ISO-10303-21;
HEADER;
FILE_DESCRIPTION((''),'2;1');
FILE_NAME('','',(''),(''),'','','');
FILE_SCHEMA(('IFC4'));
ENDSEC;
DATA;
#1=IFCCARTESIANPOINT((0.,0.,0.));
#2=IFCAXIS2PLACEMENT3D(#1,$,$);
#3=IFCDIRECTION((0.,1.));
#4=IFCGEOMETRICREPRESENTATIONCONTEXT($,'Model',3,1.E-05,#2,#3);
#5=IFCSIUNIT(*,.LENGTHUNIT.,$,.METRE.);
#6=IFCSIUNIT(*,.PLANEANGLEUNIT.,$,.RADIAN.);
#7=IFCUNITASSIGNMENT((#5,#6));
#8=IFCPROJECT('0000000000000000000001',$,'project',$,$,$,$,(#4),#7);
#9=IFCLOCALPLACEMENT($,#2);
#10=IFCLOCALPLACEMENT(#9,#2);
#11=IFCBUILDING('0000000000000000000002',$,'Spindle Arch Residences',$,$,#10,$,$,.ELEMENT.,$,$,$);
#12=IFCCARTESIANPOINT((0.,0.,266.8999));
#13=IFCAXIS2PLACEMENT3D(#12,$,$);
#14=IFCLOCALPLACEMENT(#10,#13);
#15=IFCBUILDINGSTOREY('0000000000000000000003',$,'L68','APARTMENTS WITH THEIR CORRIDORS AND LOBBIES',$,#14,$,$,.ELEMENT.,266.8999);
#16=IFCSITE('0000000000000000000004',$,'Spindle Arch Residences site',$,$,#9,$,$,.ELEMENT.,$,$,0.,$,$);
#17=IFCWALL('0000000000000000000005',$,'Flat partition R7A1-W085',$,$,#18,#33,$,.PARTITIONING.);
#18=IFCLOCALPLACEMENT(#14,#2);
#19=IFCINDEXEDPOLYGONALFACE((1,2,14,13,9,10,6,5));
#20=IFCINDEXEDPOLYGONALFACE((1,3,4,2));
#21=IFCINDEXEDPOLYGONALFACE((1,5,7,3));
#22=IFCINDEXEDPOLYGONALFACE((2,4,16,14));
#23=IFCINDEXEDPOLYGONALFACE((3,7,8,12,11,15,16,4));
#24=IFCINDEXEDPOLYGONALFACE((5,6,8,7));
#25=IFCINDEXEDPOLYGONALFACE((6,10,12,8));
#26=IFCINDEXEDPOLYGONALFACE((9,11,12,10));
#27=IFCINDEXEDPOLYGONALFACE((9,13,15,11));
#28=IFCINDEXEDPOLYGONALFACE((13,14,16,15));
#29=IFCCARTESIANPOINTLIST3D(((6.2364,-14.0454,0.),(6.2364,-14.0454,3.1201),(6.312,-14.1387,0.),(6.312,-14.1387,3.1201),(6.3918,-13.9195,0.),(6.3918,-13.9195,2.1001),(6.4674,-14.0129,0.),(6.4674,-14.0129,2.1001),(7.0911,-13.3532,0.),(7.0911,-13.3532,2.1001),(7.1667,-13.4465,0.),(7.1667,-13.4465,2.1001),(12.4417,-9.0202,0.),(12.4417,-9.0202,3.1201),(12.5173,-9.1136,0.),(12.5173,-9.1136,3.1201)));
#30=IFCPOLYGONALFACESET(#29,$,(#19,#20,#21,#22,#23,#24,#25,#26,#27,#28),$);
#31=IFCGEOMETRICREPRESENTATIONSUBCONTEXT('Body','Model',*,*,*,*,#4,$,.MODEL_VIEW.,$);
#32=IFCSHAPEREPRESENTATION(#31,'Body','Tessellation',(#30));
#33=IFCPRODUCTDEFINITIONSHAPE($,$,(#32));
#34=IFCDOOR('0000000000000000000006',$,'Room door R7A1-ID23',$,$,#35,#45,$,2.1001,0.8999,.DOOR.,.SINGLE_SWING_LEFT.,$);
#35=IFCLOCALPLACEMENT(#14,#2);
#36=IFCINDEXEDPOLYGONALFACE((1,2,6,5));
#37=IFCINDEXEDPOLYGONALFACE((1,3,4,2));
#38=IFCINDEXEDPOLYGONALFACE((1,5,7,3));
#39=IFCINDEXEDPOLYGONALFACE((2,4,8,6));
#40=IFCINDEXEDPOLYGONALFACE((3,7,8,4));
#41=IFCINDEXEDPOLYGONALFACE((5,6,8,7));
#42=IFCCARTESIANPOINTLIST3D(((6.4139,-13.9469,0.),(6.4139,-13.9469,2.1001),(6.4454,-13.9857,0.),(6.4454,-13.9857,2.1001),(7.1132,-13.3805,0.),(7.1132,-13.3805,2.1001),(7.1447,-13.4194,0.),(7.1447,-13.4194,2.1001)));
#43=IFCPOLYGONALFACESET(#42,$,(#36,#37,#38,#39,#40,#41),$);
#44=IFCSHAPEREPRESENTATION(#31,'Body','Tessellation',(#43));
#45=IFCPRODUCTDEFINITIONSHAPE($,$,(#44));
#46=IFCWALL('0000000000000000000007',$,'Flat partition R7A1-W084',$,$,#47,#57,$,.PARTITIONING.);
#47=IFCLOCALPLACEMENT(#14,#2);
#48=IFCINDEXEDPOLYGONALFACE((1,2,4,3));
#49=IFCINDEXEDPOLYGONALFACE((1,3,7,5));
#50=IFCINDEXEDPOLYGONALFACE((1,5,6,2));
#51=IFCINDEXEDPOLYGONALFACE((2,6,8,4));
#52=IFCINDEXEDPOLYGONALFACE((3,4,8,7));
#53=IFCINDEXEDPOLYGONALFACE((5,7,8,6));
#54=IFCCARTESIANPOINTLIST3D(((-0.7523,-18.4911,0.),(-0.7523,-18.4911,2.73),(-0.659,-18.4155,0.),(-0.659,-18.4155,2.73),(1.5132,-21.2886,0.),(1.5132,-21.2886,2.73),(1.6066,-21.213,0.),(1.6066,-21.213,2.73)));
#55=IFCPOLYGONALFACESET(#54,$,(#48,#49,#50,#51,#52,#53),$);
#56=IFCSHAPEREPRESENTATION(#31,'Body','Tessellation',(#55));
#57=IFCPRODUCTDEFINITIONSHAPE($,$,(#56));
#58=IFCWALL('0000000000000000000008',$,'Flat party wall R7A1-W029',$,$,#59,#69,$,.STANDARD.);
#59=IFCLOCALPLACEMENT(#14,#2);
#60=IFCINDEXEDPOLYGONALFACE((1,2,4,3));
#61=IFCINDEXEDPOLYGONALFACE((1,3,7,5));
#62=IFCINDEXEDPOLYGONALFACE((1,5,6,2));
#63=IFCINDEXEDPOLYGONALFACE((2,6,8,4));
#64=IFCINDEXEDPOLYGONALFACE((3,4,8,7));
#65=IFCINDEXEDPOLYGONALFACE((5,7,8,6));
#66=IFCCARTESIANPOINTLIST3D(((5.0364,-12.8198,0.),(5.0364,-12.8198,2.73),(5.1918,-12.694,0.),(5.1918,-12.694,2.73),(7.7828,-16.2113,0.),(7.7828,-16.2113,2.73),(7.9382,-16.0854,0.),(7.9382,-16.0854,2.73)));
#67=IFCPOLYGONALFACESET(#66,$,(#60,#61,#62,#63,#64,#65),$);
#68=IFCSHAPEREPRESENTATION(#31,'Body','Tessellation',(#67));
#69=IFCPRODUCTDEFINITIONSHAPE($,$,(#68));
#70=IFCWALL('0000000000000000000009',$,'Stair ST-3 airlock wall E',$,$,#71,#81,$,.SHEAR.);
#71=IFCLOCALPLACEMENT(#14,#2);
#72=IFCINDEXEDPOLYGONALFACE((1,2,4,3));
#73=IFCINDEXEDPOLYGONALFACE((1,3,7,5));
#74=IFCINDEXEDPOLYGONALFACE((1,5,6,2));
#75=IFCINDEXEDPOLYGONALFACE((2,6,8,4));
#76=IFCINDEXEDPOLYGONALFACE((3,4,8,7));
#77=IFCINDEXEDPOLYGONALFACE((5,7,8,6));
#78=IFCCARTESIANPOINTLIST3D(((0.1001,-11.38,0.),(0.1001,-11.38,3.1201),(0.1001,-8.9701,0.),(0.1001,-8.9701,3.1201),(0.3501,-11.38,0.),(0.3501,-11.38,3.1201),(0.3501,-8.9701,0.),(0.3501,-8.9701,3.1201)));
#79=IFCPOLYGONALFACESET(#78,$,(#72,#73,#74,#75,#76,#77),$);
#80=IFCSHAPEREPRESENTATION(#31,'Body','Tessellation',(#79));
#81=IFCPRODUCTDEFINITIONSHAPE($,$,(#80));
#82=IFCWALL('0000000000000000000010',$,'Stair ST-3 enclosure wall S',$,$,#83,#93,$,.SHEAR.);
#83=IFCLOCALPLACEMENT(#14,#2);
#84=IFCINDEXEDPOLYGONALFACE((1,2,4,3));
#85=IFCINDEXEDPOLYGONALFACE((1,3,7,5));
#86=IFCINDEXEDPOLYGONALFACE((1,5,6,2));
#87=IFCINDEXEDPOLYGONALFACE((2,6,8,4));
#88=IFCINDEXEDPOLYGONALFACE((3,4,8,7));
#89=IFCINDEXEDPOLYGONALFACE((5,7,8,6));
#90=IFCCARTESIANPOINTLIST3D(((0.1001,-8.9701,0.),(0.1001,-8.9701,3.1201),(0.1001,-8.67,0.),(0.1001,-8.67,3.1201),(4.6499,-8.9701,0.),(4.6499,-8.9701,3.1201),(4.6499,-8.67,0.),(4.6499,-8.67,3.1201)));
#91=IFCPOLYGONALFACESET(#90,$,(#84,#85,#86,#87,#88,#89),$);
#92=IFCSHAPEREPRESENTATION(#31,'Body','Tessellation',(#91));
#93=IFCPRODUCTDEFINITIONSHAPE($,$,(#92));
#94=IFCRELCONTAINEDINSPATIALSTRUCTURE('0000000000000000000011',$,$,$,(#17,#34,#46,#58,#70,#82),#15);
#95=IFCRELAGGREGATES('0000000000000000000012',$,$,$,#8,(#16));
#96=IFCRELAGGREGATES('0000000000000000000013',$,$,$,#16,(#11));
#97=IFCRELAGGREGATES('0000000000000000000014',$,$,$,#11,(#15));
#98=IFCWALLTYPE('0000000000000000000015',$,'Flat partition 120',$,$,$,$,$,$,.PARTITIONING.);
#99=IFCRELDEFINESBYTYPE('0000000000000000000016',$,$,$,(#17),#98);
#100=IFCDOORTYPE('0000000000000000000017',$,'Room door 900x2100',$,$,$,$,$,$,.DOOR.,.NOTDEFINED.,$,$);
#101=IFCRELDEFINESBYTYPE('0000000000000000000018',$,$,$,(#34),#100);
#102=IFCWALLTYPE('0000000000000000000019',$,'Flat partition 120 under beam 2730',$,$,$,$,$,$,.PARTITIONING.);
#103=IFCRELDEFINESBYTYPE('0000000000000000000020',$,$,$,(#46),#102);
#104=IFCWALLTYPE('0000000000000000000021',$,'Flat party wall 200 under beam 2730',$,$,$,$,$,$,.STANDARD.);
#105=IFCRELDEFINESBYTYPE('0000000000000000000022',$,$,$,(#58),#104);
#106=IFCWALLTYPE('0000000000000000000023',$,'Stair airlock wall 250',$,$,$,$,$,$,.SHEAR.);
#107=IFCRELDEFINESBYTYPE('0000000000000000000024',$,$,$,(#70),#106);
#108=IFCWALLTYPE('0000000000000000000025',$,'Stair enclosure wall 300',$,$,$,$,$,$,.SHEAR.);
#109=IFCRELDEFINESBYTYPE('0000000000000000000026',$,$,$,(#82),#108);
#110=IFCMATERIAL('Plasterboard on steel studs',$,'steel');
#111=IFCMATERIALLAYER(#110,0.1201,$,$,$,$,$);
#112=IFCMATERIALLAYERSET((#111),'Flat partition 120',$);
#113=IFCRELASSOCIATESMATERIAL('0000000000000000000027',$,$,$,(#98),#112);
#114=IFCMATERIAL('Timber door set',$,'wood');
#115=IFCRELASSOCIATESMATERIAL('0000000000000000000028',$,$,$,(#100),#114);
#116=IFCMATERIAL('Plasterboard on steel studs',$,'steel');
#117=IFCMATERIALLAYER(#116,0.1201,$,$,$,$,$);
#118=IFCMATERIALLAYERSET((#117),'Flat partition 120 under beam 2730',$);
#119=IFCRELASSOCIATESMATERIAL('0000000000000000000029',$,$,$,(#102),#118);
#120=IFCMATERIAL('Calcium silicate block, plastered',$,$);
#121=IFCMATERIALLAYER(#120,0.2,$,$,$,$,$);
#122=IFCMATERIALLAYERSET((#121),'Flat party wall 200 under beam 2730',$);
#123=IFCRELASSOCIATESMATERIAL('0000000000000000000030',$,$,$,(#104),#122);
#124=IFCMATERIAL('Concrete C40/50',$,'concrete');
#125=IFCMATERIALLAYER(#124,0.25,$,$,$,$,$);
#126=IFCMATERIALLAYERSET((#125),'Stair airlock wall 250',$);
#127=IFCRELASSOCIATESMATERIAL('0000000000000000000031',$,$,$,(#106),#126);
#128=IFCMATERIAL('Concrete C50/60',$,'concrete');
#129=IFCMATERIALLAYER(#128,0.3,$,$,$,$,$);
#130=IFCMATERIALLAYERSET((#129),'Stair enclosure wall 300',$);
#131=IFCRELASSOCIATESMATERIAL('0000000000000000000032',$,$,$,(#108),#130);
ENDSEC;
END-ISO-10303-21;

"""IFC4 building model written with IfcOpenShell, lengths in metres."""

from ifc_helpers import new_model, si_unit, direction, frame, frame_2d, origin, place, context, subcontext, project, spatial, rectangle, extrude, material, layer, layer_set, type_object, element, fill, save


model = new_model("IFC4")

# Units and contexts
model_context = context("Model", 3, precision=1e-05, world=origin(), true_north=direction((0.0, 1.0)))
body_context = subcontext(model_context, "Body", "Model", "MODEL_VIEW")
ifc_project = project(units=[si_unit("LENGTHUNIT", "METRE"), si_unit("PLANEANGLEUNIT", "RADIAN")], contexts=[model_context])

# Site, building, storey
site_placement = place(None, origin())
site = spatial("IfcSite", under=ifc_project, at=site_placement, Name="Spindle Arch Residences site", CompositionType="ELEMENT", RefElevation=0.0)
building_placement = place(site_placement, origin())
building = spatial("IfcBuilding", under=site, at=building_placement, Name="Spindle Arch Residences", CompositionType="ELEMENT")
storey_placement = place(building_placement, frame((0.0, 0.0, 266.8999)))
storey = spatial("IfcBuildingStorey", under=building, at=storey_placement, Name="L68", Description="APARTMENTS WITH THEIR CORRIDORS AND LOBBIES", CompositionType="ELEMENT", Elevation=266.8999)

# Shared definitions
ifc_material_1 = material(Name="Plasterboard on steel studs", Category="steel")
ifc_layer_1 = layer(ifc_material_1, 0.1201)
ifc_layer_set_1 = layer_set([ifc_layer_1], Name="Flat partition 120")
wall_type_1 = type_object("IfcWallType", Name="Flat partition 120", PredefinedType="PARTITIONING", material=ifc_layer_set_1)

# Wall, opening, door
wall_1_placement = place(storey_placement, frame((6.2742, -14.092, 0.0), z_axis=(0.0, 0.0, 1.0), x_axis=(0.777135, 0.629334, 0.0)))
wall_1 = element("IfcWall", 1, at=wall_1_placement, inside=storey, type_object=wall_type_1, Name="Flat partition R7A1-W085", PredefinedType="PARTITIONING", context=body_context, shape_type="SweptSolid", body=[
    extrude(rectangle(XDim=7.9849, YDim=0.1201, at=frame_2d((3.9924, 0.0))), origin(), (0.0, 0.0, 1.0), 3.1201),
])
opening_1_placement = place(wall_1_placement, frame((0.2, 0.0, 0.0)))
opening_1 = element("IfcOpeningElement", 2, at=opening_1_placement, cuts=wall_1, PredefinedType="OPENING", context=body_context, shape_type="SweptSolid", body=[
    extrude(rectangle(XDim=0.8999, YDim=2.1001, at=frame_2d((0.45, 1.05))), frame((0.0, 0.0701, 0.0), z_axis=(0.0, -1.0, 0.0), x_axis=(1.0, 0.0, 0.0)), (0.0, 0.0, 1.0), 0.1401),
])
ifc_material_2 = material(Name="Timber door set", Category="wood")
door_type_1 = type_object("IfcDoorType", Name="Room door 900x2100", OperationType="NOTDEFINED", PredefinedType="DOOR", material=ifc_material_2)
door_1_placement = place(opening_1_placement, origin())
door_1 = element("IfcDoor", 3, at=door_1_placement, inside=storey, type_object=door_type_1, Name="Room door R7A1-ID23", OperationType="SINGLE_SWING_LEFT", OverallHeight=2.1001, OverallWidth=0.8999, PredefinedType="DOOR", context=body_context, shape_type="SweptSolid", body=[
    extrude(rectangle(XDim=0.8999, YDim=2.1001, at=frame_2d((0.45, 1.05))), frame((0.0, 0.0249, 0.0), z_axis=(0.0, -1.0, 0.0), x_axis=(1.0, 0.0, 0.0)), (0.0, 0.0, 1.0), 0.05),
])
fill(opening_1, door_1)

# Walls
ifc_material_3 = material(Name="Plasterboard on steel studs", Category="steel")
ifc_layer_2 = layer(ifc_material_3, 0.1201)
ifc_layer_set_2 = layer_set([ifc_layer_2], Name="Flat partition 120 under beam 2730")
wall_type_2 = type_object("IfcWallType", Name="Flat partition 120 under beam 2730", PredefinedType="PARTITIONING", material=ifc_layer_set_2)
wall_2_placement = place(storey_placement, frame((1.5598, -21.2507, 0.0), z_axis=(0.0, 0.0, 1.0), x_axis=(-0.629348, 0.777123, 0.0)))
element("IfcWall", 4, at=wall_2_placement, inside=storey, type_object=wall_type_2, Name="Flat partition R7A1-W084", PredefinedType="PARTITIONING", context=body_context, shape_type="SweptSolid", body=[
    extrude(rectangle(XDim=3.5999, YDim=0.1201, at=frame_2d((1.7998, 0.0))), origin(), (0.0, 0.0, 1.0), 2.73),
])
ifc_material_4 = material(Name="Calcium silicate block, plastered")
ifc_layer_3 = layer(ifc_material_4, 0.2)
ifc_layer_set_3 = layer_set([ifc_layer_3], Name="Flat party wall 200 under beam 2730")
wall_type_3 = type_object("IfcWallType", Name="Flat party wall 200 under beam 2730", PredefinedType="STANDARD", material=ifc_layer_set_3)
wall_3_placement = place(storey_placement, frame((7.8606, -16.1484, 0.0), z_axis=(0.0, 0.0, 1.0), x_axis=(-0.62933, 0.777138, 0.0)))
element("IfcWall", 5, at=wall_3_placement, inside=storey, type_object=wall_type_3, Name="Flat party wall R7A1-W029", PredefinedType="STANDARD", context=body_context, shape_type="SweptSolid", body=[
    extrude(rectangle(XDim=4.364, YDim=0.2, at=frame_2d((2.1821, 0.0))), origin(), (0.0, 0.0, 1.0), 2.73),
])
ifc_material_5 = material(Name="Concrete C40/50", Category="concrete")
ifc_layer_4 = layer(ifc_material_5, 0.25)
ifc_layer_set_4 = layer_set([ifc_layer_4], Name="Stair airlock wall 250")
wall_type_4 = type_object("IfcWallType", Name="Stair airlock wall 250", PredefinedType="SHEAR", material=ifc_layer_set_4)
wall_4_placement = place(storey_placement, frame((0.2251, -8.97, 0.0), z_axis=(0.0, 0.0, 1.0), x_axis=(0.0, -1.0, 0.0)))
element("IfcWall", 6, at=wall_4_placement, inside=storey, type_object=wall_type_4, Name="Stair ST-3 airlock wall E", PredefinedType="SHEAR", context=body_context, shape_type="SweptSolid", body=[
    extrude(rectangle(XDim=2.4099, YDim=0.25, at=frame_2d((1.2051, 0.0))), origin(), (0.0, 0.0, 1.0), 3.1201),
])
ifc_material_6 = material(Name="Concrete C50/60", Category="concrete")
ifc_layer_5 = layer(ifc_material_6, 0.3)
ifc_layer_set_5 = layer_set([ifc_layer_5], Name="Stair enclosure wall 300")
wall_type_5 = type_object("IfcWallType", Name="Stair enclosure wall 300", PredefinedType="SHEAR", material=ifc_layer_set_5)
wall_5_placement = place(storey_placement, frame((0.1001, -8.8201, 0.0), z_axis=(0.0, 0.0, 1.0), x_axis=(1.0, 0.0, 0.0)))
element("IfcWall", 7, at=wall_5_placement, inside=storey, type_object=wall_type_5, Name="Stair ST-3 enclosure wall S", PredefinedType="SHEAR", context=body_context, shape_type="SweptSolid", body=[
    extrude(rectangle(XDim=4.5498, YDim=0.3, at=frame_2d((2.2749, 0.0))), origin(), (0.0, 0.0, 1.0), 3.1201),
])

save(model, "model.ifc")
